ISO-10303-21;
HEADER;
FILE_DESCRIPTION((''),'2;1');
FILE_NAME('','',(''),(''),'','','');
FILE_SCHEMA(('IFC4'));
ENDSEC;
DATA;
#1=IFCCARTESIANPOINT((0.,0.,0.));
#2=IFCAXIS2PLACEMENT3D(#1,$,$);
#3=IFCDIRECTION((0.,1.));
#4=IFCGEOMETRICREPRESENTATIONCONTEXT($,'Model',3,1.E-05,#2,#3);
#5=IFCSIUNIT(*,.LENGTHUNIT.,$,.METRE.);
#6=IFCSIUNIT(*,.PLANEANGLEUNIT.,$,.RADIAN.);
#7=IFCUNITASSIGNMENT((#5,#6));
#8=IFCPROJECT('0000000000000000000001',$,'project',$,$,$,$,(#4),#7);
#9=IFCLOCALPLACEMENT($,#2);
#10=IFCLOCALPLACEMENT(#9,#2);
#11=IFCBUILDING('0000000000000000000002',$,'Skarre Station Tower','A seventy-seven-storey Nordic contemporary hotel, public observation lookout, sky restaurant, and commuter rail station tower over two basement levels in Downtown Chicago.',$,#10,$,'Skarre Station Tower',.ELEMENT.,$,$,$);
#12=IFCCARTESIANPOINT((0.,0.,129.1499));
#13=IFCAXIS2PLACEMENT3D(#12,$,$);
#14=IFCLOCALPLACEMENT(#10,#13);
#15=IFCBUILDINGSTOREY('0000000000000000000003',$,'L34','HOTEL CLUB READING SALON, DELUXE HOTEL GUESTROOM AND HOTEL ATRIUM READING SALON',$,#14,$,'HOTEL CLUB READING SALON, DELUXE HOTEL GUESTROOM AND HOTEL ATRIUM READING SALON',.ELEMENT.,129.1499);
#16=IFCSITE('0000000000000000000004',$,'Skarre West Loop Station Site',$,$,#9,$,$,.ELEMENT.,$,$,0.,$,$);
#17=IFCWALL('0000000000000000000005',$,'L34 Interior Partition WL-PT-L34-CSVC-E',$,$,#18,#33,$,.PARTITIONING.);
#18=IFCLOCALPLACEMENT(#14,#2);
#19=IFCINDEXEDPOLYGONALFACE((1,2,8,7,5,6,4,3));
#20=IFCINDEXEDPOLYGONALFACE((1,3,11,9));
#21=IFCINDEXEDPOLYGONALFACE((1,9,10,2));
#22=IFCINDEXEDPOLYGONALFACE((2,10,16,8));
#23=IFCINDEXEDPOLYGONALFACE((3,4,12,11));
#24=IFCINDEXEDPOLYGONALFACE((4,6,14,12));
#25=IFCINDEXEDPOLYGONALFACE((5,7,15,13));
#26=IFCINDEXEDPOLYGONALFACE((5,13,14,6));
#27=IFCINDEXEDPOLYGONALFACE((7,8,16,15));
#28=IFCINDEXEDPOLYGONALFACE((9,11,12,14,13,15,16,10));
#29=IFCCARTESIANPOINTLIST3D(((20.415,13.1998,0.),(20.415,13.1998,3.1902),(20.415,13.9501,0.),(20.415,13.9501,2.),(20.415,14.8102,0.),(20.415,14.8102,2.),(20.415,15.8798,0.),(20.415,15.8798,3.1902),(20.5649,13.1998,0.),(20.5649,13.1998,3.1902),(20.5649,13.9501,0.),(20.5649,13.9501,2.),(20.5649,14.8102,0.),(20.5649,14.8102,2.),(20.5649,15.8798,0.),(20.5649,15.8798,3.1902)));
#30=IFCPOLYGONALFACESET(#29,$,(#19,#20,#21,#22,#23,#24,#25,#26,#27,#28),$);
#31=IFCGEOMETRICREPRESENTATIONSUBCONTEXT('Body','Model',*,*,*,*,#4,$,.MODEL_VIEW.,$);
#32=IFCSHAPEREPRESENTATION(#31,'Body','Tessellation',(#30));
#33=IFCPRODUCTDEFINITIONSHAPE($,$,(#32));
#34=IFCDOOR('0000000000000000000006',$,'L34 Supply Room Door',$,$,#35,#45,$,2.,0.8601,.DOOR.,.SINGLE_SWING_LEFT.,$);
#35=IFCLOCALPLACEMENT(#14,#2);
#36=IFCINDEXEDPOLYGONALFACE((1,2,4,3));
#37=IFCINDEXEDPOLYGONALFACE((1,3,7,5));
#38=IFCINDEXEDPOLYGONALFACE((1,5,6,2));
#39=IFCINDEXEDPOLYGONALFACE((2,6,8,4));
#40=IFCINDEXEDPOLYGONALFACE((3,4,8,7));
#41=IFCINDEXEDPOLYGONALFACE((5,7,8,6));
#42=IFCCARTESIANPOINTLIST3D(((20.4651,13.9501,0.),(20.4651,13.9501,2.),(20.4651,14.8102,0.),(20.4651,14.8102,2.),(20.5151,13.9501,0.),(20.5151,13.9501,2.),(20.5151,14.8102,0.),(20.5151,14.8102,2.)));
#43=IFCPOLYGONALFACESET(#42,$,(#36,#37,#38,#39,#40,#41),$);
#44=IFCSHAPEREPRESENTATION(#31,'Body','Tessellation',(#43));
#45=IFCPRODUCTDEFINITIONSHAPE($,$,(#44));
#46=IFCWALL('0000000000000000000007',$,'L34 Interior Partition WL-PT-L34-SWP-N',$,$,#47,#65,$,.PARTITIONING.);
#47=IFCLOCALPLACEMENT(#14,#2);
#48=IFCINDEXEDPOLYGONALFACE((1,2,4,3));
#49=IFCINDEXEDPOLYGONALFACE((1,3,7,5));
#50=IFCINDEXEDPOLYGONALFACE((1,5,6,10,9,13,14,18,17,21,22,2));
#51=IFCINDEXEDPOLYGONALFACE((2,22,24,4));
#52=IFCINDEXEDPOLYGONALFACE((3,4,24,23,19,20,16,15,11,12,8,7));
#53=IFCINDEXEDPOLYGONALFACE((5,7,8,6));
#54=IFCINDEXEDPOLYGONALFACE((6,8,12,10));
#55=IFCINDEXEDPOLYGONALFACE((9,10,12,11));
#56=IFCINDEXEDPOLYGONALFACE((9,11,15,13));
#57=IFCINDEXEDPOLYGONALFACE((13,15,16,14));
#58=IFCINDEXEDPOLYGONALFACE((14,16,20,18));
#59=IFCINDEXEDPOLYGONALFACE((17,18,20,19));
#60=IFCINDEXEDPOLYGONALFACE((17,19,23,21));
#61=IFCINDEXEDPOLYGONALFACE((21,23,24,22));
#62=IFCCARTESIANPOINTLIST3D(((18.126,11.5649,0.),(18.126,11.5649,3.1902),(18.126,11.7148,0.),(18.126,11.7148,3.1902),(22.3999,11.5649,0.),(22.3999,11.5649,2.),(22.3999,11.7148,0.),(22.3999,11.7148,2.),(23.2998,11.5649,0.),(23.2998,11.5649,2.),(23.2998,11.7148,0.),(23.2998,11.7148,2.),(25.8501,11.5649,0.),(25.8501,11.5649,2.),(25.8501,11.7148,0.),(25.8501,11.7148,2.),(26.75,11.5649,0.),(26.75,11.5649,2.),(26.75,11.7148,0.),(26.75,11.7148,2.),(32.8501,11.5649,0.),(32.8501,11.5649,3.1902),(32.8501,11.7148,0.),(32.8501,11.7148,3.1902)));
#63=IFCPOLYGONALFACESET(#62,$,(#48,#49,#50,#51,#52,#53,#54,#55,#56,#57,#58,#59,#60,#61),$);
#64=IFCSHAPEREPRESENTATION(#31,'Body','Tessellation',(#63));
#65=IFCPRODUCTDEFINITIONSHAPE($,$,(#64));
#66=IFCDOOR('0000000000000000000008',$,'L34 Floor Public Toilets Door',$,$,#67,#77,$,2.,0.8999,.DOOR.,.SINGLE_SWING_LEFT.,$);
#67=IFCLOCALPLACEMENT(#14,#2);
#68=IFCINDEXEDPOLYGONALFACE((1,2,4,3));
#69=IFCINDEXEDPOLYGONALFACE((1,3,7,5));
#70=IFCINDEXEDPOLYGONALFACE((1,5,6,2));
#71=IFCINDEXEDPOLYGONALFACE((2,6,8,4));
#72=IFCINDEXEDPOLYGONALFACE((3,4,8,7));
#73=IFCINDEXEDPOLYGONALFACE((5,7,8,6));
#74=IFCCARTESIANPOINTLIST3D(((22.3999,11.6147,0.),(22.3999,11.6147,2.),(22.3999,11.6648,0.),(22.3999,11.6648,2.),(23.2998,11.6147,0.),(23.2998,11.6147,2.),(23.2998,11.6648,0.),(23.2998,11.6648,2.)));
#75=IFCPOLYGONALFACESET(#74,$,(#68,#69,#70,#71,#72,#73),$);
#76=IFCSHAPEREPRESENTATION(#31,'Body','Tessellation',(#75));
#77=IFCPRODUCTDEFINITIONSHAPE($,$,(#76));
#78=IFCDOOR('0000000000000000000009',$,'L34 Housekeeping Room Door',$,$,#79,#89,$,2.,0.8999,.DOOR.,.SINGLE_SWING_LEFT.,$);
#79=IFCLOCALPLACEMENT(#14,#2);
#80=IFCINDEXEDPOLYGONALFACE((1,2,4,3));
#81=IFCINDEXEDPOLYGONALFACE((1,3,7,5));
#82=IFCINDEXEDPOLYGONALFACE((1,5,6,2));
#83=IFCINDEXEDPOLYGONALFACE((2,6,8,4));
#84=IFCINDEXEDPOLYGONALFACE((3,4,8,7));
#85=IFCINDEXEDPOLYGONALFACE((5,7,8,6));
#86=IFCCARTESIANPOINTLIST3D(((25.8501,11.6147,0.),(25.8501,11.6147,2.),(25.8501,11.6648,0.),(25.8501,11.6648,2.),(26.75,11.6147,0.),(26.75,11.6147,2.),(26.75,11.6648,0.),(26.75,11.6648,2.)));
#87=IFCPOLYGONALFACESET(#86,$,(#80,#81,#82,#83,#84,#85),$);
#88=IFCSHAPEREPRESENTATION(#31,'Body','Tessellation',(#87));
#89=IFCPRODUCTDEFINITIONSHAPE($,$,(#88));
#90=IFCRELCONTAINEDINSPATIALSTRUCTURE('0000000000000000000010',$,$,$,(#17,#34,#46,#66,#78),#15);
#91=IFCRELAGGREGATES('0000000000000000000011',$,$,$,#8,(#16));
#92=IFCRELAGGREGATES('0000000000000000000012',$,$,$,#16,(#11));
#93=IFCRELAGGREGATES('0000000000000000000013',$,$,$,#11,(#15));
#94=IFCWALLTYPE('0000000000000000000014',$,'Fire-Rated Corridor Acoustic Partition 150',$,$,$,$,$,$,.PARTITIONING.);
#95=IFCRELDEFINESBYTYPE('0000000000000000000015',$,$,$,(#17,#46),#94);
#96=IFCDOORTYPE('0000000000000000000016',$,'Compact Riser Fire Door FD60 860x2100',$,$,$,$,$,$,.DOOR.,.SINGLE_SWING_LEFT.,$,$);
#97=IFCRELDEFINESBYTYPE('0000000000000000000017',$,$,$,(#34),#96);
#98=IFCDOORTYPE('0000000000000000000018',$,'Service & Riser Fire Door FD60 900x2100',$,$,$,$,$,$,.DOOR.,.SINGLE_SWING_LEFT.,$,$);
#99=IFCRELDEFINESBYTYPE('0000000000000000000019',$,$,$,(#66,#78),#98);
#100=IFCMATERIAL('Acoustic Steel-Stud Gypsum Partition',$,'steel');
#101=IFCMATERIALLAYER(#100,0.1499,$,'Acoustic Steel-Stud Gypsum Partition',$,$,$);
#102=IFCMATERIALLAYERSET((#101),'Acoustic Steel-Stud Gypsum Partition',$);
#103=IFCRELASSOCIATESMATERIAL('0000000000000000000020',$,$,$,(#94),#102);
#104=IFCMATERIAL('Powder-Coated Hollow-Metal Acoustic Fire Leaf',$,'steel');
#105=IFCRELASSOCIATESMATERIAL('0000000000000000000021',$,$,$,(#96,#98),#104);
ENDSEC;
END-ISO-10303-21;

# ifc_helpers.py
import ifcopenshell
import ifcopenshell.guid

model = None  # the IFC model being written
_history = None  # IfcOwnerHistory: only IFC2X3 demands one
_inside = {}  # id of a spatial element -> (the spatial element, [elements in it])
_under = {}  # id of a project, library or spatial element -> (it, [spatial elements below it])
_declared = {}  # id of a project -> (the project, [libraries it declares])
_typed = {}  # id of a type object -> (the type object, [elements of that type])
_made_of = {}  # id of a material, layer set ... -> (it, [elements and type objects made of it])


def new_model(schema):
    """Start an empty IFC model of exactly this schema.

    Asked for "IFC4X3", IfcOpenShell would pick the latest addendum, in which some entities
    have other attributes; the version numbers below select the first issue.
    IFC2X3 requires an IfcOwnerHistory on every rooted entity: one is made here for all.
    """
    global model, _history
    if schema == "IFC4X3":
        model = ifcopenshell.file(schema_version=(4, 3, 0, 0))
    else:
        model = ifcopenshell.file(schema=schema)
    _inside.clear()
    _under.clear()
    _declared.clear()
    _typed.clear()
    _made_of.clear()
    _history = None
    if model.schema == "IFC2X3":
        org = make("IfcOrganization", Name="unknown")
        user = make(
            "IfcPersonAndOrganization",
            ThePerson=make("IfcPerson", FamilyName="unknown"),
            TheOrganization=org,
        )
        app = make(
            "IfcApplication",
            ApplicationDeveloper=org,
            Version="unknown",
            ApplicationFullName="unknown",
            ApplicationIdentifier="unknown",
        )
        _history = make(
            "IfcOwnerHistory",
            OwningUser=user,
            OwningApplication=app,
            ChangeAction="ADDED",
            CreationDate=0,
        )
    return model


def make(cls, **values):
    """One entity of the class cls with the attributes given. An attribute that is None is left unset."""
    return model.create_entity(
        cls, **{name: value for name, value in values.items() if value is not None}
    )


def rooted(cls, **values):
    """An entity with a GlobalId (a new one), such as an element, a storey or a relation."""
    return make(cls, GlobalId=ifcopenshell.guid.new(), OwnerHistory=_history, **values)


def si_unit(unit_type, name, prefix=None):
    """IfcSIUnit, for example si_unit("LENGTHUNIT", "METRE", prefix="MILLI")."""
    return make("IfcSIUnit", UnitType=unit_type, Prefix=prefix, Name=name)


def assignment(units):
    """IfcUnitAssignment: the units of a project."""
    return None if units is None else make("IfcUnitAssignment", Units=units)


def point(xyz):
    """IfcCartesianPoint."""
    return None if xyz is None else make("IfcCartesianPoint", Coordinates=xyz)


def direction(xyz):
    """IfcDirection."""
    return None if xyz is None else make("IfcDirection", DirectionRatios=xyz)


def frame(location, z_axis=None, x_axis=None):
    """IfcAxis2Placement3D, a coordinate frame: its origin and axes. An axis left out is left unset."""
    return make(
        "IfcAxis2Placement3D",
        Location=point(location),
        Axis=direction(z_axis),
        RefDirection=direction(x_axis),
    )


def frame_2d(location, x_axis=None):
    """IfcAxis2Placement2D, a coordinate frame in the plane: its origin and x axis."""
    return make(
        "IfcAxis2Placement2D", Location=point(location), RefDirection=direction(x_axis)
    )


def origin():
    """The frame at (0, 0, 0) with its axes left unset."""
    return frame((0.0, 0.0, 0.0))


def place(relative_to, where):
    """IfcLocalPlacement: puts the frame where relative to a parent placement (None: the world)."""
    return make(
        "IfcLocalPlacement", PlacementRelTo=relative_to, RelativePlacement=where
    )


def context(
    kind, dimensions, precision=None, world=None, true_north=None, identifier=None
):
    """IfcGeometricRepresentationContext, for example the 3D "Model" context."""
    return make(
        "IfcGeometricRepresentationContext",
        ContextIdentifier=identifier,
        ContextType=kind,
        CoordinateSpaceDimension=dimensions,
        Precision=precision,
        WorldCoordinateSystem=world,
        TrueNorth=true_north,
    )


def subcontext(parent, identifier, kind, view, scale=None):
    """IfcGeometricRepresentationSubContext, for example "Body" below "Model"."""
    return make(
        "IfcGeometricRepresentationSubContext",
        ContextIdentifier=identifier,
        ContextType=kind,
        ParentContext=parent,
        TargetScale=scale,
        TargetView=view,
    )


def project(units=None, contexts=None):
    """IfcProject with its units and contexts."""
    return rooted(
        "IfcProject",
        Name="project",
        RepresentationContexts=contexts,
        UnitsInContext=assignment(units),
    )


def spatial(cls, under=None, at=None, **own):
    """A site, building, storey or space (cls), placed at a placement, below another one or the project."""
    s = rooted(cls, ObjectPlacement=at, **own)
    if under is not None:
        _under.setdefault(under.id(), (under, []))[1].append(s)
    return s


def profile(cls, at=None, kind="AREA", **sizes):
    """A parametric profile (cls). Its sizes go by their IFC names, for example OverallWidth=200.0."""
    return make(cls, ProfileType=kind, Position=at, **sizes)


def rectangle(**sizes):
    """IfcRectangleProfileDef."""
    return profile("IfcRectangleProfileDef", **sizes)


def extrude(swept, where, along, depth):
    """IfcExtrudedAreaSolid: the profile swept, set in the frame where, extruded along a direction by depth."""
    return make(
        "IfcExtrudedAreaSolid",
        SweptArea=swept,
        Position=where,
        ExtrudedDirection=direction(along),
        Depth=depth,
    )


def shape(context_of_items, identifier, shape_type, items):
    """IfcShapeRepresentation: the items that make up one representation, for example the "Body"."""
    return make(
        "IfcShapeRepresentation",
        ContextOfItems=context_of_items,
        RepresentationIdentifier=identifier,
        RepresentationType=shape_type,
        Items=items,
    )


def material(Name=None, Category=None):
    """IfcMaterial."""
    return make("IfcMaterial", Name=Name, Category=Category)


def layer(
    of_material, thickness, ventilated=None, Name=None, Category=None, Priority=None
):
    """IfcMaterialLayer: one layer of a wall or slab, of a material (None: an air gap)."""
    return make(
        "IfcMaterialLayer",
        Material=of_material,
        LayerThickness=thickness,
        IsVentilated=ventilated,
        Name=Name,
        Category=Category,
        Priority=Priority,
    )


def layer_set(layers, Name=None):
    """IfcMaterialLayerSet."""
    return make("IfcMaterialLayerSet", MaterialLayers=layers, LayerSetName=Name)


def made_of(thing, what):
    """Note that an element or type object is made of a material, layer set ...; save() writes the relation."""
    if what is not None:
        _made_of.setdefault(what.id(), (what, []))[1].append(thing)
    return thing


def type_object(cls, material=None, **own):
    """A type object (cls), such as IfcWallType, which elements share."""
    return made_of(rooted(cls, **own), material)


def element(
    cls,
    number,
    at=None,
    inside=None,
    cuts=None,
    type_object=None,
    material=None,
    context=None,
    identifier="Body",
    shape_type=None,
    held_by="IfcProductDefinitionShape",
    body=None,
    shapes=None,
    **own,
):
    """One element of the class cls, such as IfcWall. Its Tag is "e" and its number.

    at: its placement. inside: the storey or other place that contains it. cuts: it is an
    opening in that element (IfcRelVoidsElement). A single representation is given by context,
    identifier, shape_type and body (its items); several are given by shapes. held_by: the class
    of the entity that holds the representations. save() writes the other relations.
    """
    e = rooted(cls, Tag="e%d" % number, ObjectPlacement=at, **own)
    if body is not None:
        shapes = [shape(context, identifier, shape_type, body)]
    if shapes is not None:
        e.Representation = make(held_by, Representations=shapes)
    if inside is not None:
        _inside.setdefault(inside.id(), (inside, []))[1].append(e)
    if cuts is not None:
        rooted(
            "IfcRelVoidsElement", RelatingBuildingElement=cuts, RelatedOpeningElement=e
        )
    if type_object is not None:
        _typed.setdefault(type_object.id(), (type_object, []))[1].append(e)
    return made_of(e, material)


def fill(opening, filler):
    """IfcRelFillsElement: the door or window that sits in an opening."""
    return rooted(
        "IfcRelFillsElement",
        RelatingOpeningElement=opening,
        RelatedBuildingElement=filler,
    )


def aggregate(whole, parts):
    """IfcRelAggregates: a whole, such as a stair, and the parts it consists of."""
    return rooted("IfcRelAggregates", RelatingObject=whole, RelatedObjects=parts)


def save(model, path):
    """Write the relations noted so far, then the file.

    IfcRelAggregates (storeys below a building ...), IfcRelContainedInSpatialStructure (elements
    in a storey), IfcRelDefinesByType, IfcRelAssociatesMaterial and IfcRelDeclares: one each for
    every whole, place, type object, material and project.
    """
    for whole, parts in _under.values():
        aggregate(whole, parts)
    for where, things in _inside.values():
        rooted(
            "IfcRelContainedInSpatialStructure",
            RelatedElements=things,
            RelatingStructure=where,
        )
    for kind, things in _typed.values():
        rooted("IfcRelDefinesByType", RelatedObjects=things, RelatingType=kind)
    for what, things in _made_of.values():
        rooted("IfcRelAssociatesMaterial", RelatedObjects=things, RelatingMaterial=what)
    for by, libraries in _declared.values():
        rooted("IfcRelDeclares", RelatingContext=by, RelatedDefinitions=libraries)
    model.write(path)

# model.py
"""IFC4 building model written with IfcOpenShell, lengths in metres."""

from ifc_helpers import new_model, si_unit, direction, frame, frame_2d, origin, place, context, subcontext, project, spatial, rectangle, extrude, material, layer, layer_set, type_object, element, fill, save


model = new_model("IFC4")

# Units and contexts
model_context = context("Model", 3, precision=1e-05, world=origin(), true_north=direction((0.0, 1.0)))
body_context = subcontext(model_context, "Body", "Model", "MODEL_VIEW")
ifc_project = project(units=[si_unit("LENGTHUNIT", "METRE"), si_unit("PLANEANGLEUNIT", "RADIAN")], contexts=[model_context])

# Site, building, storey
site_placement = place(None, origin())
site = spatial("IfcSite", under=ifc_project, at=site_placement, Name="Skarre West Loop Station Site", CompositionType="ELEMENT", RefElevation=0.0)
building_placement = place(site_placement, origin())
building = spatial("IfcBuilding", under=site, at=building_placement, Name="Skarre Station Tower", Description="A seventy-seven-storey Nordic contemporary hotel, public observation lookout, sky restaurant, and commuter rail station tower over two basement levels in Downtown Chicago.", LongName="Skarre Station Tower", CompositionType="ELEMENT")
storey_placement = place(building_placement, frame((0.0, 0.0, 129.1499)))
storey = spatial("IfcBuildingStorey", under=building, at=storey_placement, Name="L34", Description="HOTEL CLUB READING SALON, DELUXE HOTEL GUESTROOM AND HOTEL ATRIUM READING SALON", LongName="HOTEL CLUB READING SALON, DELUXE HOTEL GUESTROOM AND HOTEL ATRIUM READING SALON", CompositionType="ELEMENT", Elevation=129.1499)

# Shared definitions
ifc_material_1 = material(Name="Acoustic Steel-Stud Gypsum Partition", Category="steel")
ifc_layer_1 = layer(ifc_material_1, 0.1499, Name="Acoustic Steel-Stud Gypsum Partition")
ifc_layer_set_1 = layer_set([ifc_layer_1], Name="Acoustic Steel-Stud Gypsum Partition")
wall_type_1 = type_object("IfcWallType", Name="Fire-Rated Corridor Acoustic Partition 150", PredefinedType="PARTITIONING", material=ifc_layer_set_1)

# Wall, opening, door
wall_1_placement = place(storey_placement, frame((20.49, 13.2, 0.0), z_axis=(0.0, 0.0, 1.0), x_axis=(0.0, 1.0, 0.0)))
wall_1 = element("IfcWall", 1, at=wall_1_placement, inside=storey, type_object=wall_type_1, Name="L34 Interior Partition WL-PT-L34-CSVC-E", PredefinedType="PARTITIONING", context=body_context, shape_type="SweptSolid", body=[
    extrude(rectangle(XDim=2.6799, YDim=0.1499, at=frame_2d((1.3398, 0.0))), origin(), (0.0, 0.0, 1.0), 3.1902),
])
opening_1_placement = place(wall_1_placement, frame((0.75, 0.0, 0.0)))
opening_1 = element("IfcOpeningElement", 2, at=opening_1_placement, cuts=wall_1, PredefinedType="OPENING", context=body_context, shape_type="SweptSolid", body=[
    extrude(rectangle(XDim=0.8601, YDim=2.0, at=frame_2d((0.4302, 1.0))), frame((0.0, 0.085, 0.0), z_axis=(0.0, -1.0, 0.0), x_axis=(1.0, 0.0, 0.0)), (0.0, 0.0, 1.0), 0.1699),
])
ifc_material_2 = material(Name="Powder-Coated Hollow-Metal Acoustic Fire Leaf", Category="steel")
door_type_1 = type_object("IfcDoorType", Name="Compact Riser Fire Door FD60 860x2100", OperationType="SINGLE_SWING_LEFT", PredefinedType="DOOR", material=ifc_material_2)
door_1_placement = place(opening_1_placement, origin())
door_1 = element("IfcDoor", 3, at=door_1_placement, inside=storey, type_object=door_type_1, Name="L34 Supply Room Door", OperationType="SINGLE_SWING_LEFT", OverallHeight=2.0, OverallWidth=0.8601, PredefinedType="DOOR", context=body_context, shape_type="SweptSolid", body=[
    extrude(rectangle(XDim=0.8601, YDim=2.0, at=frame_2d((0.4302, 1.0))), frame((0.0, 0.0249, 0.0), z_axis=(0.0, -1.0, 0.0), x_axis=(1.0, 0.0, 0.0)), (0.0, 0.0, 1.0), 0.05),
])
fill(opening_1, door_1)

# Wall, openings, doors
wall_2_placement = place(storey_placement, frame((18.126, 11.6399, 0.0), z_axis=(0.0, 0.0, 1.0), x_axis=(1.0, 0.0, 0.0)))
wall_2 = element("IfcWall", 4, at=wall_2_placement, inside=storey, type_object=wall_type_1, Name="L34 Interior Partition WL-PT-L34-SWP-N", PredefinedType="PARTITIONING", context=body_context, shape_type="SweptSolid", body=[
    extrude(rectangle(XDim=14.7241, YDim=0.1499, at=frame_2d((7.3621, 0.0))), origin(), (0.0, 0.0, 1.0), 3.1902),
])
opening_2_placement = place(wall_2_placement, frame((4.2739, 0.0, 0.0)))
opening_2 = element("IfcOpeningElement", 5, at=opening_2_placement, cuts=wall_2, PredefinedType="OPENING", context=body_context, shape_type="SweptSolid", body=[
    extrude(rectangle(XDim=0.8999, YDim=2.0, at=frame_2d((0.45, 1.0))), frame((0.0, 0.085, 0.0), z_axis=(0.0, -1.0, 0.0), x_axis=(1.0, 0.0, 0.0)), (0.0, 0.0, 1.0), 0.1699),
])
opening_3_placement = place(wall_2_placement, frame((7.7241, 0.0, 0.0)))
opening_3 = element("IfcOpeningElement", 6, at=opening_3_placement, cuts=wall_2, PredefinedType="OPENING", context=body_context, shape_type="SweptSolid", body=[
    extrude(rectangle(XDim=0.8999, YDim=2.0, at=frame_2d((0.45, 1.0))), frame((0.0, 0.085, 0.0), z_axis=(0.0, -1.0, 0.0), x_axis=(1.0, 0.0, 0.0)), (0.0, 0.0, 1.0), 0.1699),
])
door_type_2 = type_object("IfcDoorType", Name="Service & Riser Fire Door FD60 900x2100", OperationType="SINGLE_SWING_LEFT", PredefinedType="DOOR", material=ifc_material_2)
door_2_placement = place(opening_2_placement, origin())
door_2 = element("IfcDoor", 7, at=door_2_placement, inside=storey, type_object=door_type_2, Name="L34 Floor Public Toilets Door", OperationType="SINGLE_SWING_LEFT", OverallHeight=2.0, OverallWidth=0.8999, PredefinedType="DOOR", context=body_context, shape_type="SweptSolid", body=[
    extrude(rectangle(XDim=0.8999, YDim=2.0, at=frame_2d((0.45, 1.0))), frame((0.0, 0.0249, 0.0), z_axis=(0.0, -1.0, 0.0), x_axis=(1.0, 0.0, 0.0)), (0.0, 0.0, 1.0), 0.05),
])
fill(opening_2, door_2)
door_3_placement = place(opening_3_placement, origin())
door_3 = element("IfcDoor", 8, at=door_3_placement, inside=storey, type_object=door_type_2, Name="L34 Housekeeping Room Door", OperationType="SINGLE_SWING_LEFT", OverallHeight=2.0, OverallWidth=0.8999, PredefinedType="DOOR", context=body_context, shape_type="SweptSolid", body=[
    extrude(rectangle(XDim=0.8999, YDim=2.0, at=frame_2d((0.45, 1.0))), frame((0.0, 0.0249, 0.0), z_axis=(0.0, -1.0, 0.0), x_axis=(1.0, 0.0, 0.0)), (0.0, 0.0, 1.0), 0.05),
])
fill(opening_3, door_3)

save(model, "model.ifc")
